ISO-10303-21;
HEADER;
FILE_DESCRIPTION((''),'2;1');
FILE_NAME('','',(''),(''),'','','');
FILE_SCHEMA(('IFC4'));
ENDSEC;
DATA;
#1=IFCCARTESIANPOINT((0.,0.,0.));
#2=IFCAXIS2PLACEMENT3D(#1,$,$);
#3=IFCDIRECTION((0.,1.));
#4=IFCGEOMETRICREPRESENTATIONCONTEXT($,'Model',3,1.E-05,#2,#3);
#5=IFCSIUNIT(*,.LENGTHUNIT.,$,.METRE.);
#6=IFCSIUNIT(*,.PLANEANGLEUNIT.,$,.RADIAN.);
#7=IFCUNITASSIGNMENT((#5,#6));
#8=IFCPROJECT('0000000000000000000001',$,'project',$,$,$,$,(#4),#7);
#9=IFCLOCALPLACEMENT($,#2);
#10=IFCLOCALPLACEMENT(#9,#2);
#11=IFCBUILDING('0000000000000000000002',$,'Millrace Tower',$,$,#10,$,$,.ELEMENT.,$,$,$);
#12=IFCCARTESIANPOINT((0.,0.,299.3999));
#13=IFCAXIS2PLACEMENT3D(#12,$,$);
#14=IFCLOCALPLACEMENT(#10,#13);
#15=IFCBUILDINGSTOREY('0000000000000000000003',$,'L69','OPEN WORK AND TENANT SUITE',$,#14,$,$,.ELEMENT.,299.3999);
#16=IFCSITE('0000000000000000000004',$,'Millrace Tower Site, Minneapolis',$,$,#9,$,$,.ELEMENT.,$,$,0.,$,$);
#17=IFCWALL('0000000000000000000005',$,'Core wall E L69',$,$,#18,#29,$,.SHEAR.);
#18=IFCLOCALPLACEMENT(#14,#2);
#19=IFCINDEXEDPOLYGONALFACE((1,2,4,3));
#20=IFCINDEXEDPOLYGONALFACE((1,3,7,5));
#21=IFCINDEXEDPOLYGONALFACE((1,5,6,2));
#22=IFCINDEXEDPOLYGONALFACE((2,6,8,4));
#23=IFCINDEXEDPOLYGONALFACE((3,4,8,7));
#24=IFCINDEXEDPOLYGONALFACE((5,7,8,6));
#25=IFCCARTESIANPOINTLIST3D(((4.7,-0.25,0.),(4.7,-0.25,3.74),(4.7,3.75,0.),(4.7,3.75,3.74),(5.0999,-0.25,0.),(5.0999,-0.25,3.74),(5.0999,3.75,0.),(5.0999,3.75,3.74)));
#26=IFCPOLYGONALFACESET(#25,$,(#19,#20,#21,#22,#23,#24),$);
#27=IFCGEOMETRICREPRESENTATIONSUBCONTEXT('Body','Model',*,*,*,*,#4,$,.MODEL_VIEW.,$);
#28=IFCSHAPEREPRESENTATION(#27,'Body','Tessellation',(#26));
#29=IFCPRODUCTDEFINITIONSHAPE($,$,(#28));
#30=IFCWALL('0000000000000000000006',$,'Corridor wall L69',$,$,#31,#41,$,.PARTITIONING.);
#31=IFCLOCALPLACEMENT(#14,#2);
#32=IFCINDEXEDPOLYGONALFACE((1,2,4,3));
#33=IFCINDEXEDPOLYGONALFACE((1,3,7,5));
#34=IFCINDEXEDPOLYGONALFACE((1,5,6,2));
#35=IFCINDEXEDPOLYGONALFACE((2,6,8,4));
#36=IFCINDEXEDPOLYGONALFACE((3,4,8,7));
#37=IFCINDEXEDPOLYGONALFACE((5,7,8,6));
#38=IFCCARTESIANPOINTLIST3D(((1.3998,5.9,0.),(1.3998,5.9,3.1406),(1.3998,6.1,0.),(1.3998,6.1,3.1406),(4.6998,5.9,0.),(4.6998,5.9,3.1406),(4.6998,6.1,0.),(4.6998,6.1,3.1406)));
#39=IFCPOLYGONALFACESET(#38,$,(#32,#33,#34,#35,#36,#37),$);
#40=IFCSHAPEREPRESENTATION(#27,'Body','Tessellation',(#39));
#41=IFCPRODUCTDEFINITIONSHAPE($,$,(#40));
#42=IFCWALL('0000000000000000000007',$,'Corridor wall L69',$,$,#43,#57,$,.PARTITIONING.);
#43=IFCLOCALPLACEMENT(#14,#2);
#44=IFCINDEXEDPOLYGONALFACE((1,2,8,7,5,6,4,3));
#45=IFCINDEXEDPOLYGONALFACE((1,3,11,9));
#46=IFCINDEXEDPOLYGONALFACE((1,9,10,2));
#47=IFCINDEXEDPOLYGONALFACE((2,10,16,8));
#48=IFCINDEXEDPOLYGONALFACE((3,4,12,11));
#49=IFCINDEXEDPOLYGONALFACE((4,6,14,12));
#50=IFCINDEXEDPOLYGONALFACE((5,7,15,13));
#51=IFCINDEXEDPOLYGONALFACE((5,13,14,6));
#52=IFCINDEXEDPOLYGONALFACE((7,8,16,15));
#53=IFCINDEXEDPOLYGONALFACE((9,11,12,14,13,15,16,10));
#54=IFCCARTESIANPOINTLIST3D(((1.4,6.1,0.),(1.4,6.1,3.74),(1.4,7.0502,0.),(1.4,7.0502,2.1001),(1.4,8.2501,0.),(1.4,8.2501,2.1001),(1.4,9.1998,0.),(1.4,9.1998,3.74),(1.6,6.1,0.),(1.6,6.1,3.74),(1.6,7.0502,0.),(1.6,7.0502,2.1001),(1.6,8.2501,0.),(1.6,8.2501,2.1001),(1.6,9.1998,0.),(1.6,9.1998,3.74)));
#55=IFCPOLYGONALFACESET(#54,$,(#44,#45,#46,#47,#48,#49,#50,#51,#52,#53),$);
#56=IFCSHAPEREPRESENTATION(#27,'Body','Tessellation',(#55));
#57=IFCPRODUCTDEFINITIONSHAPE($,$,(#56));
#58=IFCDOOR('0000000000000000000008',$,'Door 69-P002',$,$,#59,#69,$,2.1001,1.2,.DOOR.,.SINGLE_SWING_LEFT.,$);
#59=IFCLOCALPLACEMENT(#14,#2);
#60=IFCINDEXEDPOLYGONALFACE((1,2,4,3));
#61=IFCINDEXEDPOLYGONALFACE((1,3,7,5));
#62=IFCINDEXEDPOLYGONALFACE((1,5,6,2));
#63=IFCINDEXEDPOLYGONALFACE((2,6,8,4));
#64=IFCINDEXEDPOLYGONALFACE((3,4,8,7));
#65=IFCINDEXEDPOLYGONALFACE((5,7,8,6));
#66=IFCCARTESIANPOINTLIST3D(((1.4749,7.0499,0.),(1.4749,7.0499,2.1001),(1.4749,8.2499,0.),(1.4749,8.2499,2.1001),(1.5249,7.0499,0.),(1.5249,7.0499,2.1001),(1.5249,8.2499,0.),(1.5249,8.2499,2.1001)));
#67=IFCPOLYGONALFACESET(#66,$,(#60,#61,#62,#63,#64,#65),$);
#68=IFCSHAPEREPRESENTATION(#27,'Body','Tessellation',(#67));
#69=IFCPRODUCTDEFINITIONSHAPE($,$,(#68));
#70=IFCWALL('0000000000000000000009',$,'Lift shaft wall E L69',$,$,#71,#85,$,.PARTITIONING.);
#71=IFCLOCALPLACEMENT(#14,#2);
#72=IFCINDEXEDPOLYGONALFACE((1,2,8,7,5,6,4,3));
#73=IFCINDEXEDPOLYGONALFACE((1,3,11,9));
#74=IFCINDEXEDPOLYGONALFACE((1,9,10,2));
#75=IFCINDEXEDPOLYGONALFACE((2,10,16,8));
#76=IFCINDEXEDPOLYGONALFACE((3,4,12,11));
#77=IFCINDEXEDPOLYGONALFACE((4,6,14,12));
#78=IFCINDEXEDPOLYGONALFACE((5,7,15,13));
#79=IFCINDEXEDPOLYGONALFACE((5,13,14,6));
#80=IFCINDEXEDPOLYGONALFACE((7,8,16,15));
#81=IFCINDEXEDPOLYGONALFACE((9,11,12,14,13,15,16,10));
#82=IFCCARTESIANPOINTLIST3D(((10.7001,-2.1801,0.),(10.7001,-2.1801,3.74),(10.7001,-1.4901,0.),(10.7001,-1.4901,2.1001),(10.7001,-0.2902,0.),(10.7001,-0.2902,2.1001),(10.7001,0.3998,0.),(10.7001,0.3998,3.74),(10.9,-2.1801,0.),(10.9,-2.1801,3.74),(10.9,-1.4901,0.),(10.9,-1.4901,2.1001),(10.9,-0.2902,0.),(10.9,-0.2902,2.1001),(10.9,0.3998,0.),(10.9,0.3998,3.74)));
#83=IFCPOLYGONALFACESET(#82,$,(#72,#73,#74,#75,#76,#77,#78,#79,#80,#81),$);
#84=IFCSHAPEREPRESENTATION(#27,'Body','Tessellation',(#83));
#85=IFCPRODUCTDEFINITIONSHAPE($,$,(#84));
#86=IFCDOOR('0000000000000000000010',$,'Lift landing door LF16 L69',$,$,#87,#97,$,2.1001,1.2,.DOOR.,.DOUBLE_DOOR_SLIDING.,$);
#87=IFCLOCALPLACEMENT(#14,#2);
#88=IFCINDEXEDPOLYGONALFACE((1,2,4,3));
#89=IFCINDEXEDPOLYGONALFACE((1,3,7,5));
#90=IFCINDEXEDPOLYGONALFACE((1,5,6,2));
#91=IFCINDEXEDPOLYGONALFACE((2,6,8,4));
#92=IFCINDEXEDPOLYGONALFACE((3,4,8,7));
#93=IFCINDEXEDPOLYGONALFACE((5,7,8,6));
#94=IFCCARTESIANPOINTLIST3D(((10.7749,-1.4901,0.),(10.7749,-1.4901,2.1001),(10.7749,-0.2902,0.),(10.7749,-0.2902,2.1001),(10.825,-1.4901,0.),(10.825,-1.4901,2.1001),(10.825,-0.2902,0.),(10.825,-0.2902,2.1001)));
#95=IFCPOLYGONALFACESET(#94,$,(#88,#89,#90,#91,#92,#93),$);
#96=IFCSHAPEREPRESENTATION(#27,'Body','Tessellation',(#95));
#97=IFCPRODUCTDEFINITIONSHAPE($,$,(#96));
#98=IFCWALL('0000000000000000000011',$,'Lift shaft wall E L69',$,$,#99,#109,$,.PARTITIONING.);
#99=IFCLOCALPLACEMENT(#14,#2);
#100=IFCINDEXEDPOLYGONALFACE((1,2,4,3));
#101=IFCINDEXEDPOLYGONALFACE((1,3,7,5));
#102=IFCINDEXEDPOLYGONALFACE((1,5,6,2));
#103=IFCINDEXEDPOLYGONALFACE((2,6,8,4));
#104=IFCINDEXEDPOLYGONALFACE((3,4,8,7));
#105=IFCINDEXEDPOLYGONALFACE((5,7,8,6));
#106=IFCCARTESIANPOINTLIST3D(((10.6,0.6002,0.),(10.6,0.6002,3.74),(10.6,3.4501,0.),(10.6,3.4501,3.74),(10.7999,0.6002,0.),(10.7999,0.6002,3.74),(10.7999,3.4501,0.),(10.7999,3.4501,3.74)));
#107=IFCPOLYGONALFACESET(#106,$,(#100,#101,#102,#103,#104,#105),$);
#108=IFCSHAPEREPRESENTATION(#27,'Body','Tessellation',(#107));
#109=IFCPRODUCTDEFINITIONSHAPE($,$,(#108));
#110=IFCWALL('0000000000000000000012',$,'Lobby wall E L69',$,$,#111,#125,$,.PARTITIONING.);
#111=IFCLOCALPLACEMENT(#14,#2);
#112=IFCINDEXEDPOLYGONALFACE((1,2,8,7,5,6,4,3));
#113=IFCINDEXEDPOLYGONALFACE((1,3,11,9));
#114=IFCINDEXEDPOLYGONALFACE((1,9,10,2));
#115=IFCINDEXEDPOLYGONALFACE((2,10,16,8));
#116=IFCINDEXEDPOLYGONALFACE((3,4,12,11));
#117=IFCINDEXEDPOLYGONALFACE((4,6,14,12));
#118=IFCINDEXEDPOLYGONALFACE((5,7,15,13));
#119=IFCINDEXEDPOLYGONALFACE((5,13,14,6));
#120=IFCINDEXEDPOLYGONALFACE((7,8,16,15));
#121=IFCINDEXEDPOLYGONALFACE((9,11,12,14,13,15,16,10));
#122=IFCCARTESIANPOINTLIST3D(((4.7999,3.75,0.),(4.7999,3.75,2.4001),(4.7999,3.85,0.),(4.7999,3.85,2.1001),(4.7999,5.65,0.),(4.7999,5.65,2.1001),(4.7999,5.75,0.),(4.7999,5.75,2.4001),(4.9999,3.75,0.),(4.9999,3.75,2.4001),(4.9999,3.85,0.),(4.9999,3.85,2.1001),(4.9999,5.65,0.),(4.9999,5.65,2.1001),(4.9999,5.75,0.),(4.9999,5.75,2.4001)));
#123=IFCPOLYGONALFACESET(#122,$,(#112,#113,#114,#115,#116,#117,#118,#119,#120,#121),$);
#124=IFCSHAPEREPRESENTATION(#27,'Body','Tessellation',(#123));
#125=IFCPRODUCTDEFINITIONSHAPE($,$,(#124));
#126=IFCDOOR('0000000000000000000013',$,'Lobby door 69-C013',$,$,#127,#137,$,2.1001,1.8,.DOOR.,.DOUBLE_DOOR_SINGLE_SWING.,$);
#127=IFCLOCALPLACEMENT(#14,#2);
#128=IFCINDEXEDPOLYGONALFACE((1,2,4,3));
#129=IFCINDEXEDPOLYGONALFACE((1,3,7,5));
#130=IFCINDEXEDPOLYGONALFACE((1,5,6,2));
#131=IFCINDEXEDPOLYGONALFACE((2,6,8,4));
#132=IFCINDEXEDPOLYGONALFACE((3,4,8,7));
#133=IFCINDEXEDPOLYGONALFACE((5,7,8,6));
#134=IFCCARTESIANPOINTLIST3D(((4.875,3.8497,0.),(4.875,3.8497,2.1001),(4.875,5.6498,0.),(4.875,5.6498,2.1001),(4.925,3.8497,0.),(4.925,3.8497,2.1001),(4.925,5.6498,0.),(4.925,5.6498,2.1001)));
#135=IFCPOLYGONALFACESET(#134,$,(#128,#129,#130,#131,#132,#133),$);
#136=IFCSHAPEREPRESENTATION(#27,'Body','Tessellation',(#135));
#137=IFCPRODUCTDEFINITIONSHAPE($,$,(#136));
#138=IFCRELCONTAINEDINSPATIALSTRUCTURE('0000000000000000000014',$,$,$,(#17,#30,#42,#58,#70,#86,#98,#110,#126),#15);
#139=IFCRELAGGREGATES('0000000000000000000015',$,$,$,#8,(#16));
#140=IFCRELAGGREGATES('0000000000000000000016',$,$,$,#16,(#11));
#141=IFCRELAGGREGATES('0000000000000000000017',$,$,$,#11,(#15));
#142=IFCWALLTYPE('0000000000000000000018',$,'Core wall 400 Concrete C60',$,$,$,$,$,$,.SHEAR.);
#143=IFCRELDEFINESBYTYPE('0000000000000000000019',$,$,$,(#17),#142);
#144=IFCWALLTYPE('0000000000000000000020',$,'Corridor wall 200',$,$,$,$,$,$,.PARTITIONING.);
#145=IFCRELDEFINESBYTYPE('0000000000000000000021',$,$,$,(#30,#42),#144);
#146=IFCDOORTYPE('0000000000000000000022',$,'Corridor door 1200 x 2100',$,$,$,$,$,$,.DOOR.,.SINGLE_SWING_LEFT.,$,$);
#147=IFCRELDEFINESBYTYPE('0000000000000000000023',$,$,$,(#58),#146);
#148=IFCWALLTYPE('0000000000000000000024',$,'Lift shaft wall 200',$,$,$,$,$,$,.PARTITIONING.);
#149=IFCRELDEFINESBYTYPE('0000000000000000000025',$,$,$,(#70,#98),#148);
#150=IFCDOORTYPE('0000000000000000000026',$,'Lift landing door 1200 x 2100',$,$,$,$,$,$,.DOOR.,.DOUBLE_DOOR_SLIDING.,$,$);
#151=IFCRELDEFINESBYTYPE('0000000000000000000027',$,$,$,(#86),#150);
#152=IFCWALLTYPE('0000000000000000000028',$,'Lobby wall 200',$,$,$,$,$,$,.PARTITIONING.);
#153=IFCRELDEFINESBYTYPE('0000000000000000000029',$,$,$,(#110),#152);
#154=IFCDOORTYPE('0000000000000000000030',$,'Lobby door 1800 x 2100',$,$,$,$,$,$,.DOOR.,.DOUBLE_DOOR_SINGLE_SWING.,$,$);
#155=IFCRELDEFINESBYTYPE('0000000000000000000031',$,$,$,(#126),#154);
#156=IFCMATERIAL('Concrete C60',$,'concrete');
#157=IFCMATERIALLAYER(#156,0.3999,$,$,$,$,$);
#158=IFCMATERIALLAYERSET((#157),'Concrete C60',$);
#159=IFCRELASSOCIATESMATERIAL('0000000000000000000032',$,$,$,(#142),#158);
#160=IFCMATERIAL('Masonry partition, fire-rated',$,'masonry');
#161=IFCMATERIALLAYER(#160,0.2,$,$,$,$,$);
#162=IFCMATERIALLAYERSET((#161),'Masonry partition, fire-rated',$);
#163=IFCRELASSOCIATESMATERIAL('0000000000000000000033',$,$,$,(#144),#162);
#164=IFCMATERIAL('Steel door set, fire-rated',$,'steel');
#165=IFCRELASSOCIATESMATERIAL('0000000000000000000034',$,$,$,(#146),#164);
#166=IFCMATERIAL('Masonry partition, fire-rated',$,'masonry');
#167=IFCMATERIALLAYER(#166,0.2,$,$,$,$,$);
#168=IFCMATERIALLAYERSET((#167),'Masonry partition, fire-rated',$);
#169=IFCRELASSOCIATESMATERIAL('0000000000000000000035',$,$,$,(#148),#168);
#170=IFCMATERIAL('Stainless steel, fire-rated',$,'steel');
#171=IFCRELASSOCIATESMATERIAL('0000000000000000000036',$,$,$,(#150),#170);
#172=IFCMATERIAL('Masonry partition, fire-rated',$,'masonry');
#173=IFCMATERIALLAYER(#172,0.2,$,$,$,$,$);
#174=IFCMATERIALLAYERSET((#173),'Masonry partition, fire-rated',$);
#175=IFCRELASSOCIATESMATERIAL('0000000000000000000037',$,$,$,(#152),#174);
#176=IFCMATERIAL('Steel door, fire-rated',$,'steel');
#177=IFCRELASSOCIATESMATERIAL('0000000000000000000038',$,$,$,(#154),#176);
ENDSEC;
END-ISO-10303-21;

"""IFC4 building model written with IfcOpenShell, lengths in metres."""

from ifc_helpers import new_model, si_unit, direction, frame, frame_2d, origin, place, context, subcontext, project, spatial, rectangle, extrude, material, layer, layer_set, type_object, element, fill, save


model = new_model("IFC4")

# Units and contexts
model_context = context("Model", 3, precision=1e-05, world=origin(), true_north=direction((0.0, 1.0)))
body_context = subcontext(model_context, "Body", "Model", "MODEL_VIEW")
ifc_project = project(units=[si_unit("LENGTHUNIT", "METRE"), si_unit("PLANEANGLEUNIT", "RADIAN")], contexts=[model_context])

# Site, building, storey
site_placement = place(None, origin())
site = spatial("IfcSite", under=ifc_project, at=site_placement, Name="Millrace Tower Site, Minneapolis", CompositionType="ELEMENT", RefElevation=0.0)
building_placement = place(site_placement, origin())
building = spatial("IfcBuilding", under=site, at=building_placement, Name="Millrace Tower", CompositionType="ELEMENT")
storey_placement = place(building_placement, frame((0.0, 0.0, 299.3999)))
storey = spatial("IfcBuildingStorey", under=building, at=storey_placement, Name="L69", Description="OPEN WORK AND TENANT SUITE", CompositionType="ELEMENT", Elevation=299.3999)

# Walls
ifc_material_1 = material(Name="Concrete C60", Category="concrete")
ifc_layer_1 = layer(ifc_material_1, 0.3999)
ifc_layer_set_1 = layer_set([ifc_layer_1], Name="Concrete C60")
wall_type_1 = type_object("IfcWallType", Name="Core wall 400 Concrete C60", PredefinedType="SHEAR", material=ifc_layer_set_1)
wall_1_placement = place(storey_placement, frame((4.8999, 3.75, 0.0), z_axis=(0.0, 0.0, 1.0), x_axis=(0.0, -1.0, 0.0)))
element("IfcWall", 1, at=wall_1_placement, inside=storey, type_object=wall_type_1, Name="Core wall E L69", PredefinedType="SHEAR", context=body_context, shape_type="SweptSolid", body=[
    extrude(rectangle(XDim=4.0, YDim=0.3999, at=frame_2d((2.0, 0.0))), origin(), (0.0, 0.0, 1.0), 3.74),
])
ifc_material_2 = material(Name="Masonry partition, fire-rated", Category="masonry")
ifc_layer_2 = layer(ifc_material_2, 0.2)
ifc_layer_set_2 = layer_set([ifc_layer_2], Name="Masonry partition, fire-rated")
wall_type_2 = type_object("IfcWallType", Name="Corridor wall 200", PredefinedType="PARTITIONING", material=ifc_layer_set_2)
wall_2_placement = place(storey_placement, frame((1.3999, 6.0, 0.0), z_axis=(0.0, 0.0, 1.0), x_axis=(1.0, 0.0, 0.0)))
element("IfcWall", 2, at=wall_2_placement, inside=storey, type_object=wall_type_2, Name="Corridor wall L69", PredefinedType="PARTITIONING", context=body_context, shape_type="SweptSolid", body=[
    extrude(rectangle(XDim=3.3, YDim=0.2, at=frame_2d((1.6499, 0.0))), origin(), (0.0, 0.0, 1.0), 3.1406),
])

# Walls, openings, doors
wall_3_placement = place(storey_placement, frame((1.5, 6.1001, 0.0), z_axis=(0.0, 0.0, 1.0), x_axis=(0.0, 1.0, 0.0)))
wall_3 = element("IfcWall", 3, at=wall_3_placement, inside=storey, type_object=wall_type_2, Name="Corridor wall L69", PredefinedType="PARTITIONING", context=body_context, shape_type="SweptSolid", body=[
    extrude(rectangle(XDim=3.0999, YDim=0.2, at=frame_2d((1.5498, 0.0))), origin(), (0.0, 0.0, 1.0), 3.74),
])
opening_1_placement = place(wall_3_placement, frame((0.95, 0.0, 0.0)))
opening_1 = element("IfcOpeningElement", 4, at=opening_1_placement, cuts=wall_3, PredefinedType="OPENING", context=body_context, shape_type="SweptSolid", body=[
    extrude(rectangle(XDim=1.2, YDim=2.1001, at=frame_2d((0.6001, 1.05))), frame((0.0, 0.1099, 0.0), z_axis=(0.0, -1.0, 0.0), x_axis=(1.0, 0.0, 0.0)), (0.0, 0.0, 1.0), 0.22),
])
ifc_material_3 = material(Name="Steel door set, fire-rated", Category="steel")
door_type_1 = type_object("IfcDoorType", Name="Corridor door 1200 x 2100", OperationType="SINGLE_SWING_LEFT", PredefinedType="DOOR", material=ifc_material_3)
door_1_placement = place(opening_1_placement, frame((1.2, 0.0, 0.0), z_axis=(0.0, 0.0, 1.0), x_axis=(-1.0, 0.0, 0.0)))
door_1 = element("IfcDoor", 5, at=door_1_placement, inside=storey, type_object=door_type_1, Name="Door 69-P002", OperationType="SINGLE_SWING_LEFT", OverallHeight=2.1001, OverallWidth=1.2, PredefinedType="DOOR", context=body_context, shape_type="SweptSolid", body=[
    extrude(rectangle(XDim=1.2, YDim=2.1001, at=frame_2d((0.6001, 1.05))), frame((0.0, 0.0249, 0.0), z_axis=(0.0, -1.0, 0.0), x_axis=(1.0, 0.0, 0.0)), (0.0, 0.0, 1.0), 0.05),
])
fill(opening_1, door_1)
ifc_material_4 = material(Name="Masonry partition, fire-rated", Category="masonry")
ifc_layer_3 = layer(ifc_material_4, 0.2)
ifc_layer_set_3 = layer_set([ifc_layer_3], Name="Masonry partition, fire-rated")
wall_type_3 = type_object("IfcWallType", Name="Lift shaft wall 200", PredefinedType="PARTITIONING", material=ifc_layer_set_3)
wall_4_placement = place(storey_placement, frame((10.8, 0.3999, 0.0), z_axis=(0.0, 0.0, 1.0), x_axis=(0.0, -1.0, 0.0)))
wall_4 = element("IfcWall", 6, at=wall_4_placement, inside=storey, type_object=wall_type_3, Name="Lift shaft wall E L69", PredefinedType="PARTITIONING", context=body_context, shape_type="SweptSolid", body=[
    extrude(rectangle(XDim=2.5798, YDim=0.2, at=frame_2d((1.29, 0.0))), origin(), (0.0, 0.0, 1.0), 3.74),
])
opening_2_placement = place(wall_4_placement, frame((0.6899, 0.0, 0.0)))
opening_2 = element("IfcOpeningElement", 7, at=opening_2_placement, cuts=wall_4, PredefinedType="OPENING", context=body_context, shape_type="SweptSolid", body=[
    extrude(rectangle(XDim=1.2, YDim=2.1001, at=frame_2d((0.6001, 1.05))), frame((0.0, 0.1099, 0.0), z_axis=(0.0, -1.0, 0.0), x_axis=(1.0, 0.0, 0.0)), (0.0, 0.0, 1.0), 0.22),
])
ifc_material_5 = material(Name="Stainless steel, fire-rated", Category="steel")
door_type_2 = type_object("IfcDoorType", Name="Lift landing door 1200 x 2100", OperationType="DOUBLE_DOOR_SLIDING", PredefinedType="DOOR", material=ifc_material_5)
door_2_placement = place(opening_2_placement, origin())
door_2 = element("IfcDoor", 8, at=door_2_placement, inside=storey, type_object=door_type_2, Name="Lift landing door LF16 L69", OperationType="DOUBLE_DOOR_SLIDING", OverallHeight=2.1001, OverallWidth=1.2, PredefinedType="DOOR", context=body_context, shape_type="SweptSolid", body=[
    extrude(rectangle(XDim=1.2, YDim=2.1001, at=frame_2d((0.6001, 1.05))), frame((0.0, 0.0249, 0.0), z_axis=(0.0, -1.0, 0.0), x_axis=(1.0, 0.0, 0.0)), (0.0, 0.0, 1.0), 0.05),
])
fill(opening_2, door_2)

# Wall
wall_5_placement = place(storey_placement, frame((10.7, 3.45, 0.0), z_axis=(0.0, 0.0, 1.0), x_axis=(0.0, -1.0, 0.0)))
element("IfcWall", 9, at=wall_5_placement, inside=storey, type_object=wall_type_3, Name="Lift shaft wall E L69", PredefinedType="PARTITIONING", context=body_context, shape_type="SweptSolid", body=[
    extrude(rectangle(XDim=2.8499, YDim=0.2, at=frame_2d((1.4248, 0.0))), origin(), (0.0, 0.0, 1.0), 3.74),
])

# Wall, opening, door
ifc_material_6 = material(Name="Masonry partition, fire-rated", Category="masonry")
ifc_layer_4 = layer(ifc_material_6, 0.2)
ifc_layer_set_4 = layer_set([ifc_layer_4], Name="Masonry partition, fire-rated")
wall_type_4 = type_object("IfcWallType", Name="Lobby wall 200", PredefinedType="PARTITIONING", material=ifc_layer_set_4)
wall_6_placement = place(storey_placement, frame((4.8999, 5.75, 0.0), z_axis=(0.0, 0.0, 1.0), x_axis=(0.0, -1.0, 0.0)))
wall_6 = element("IfcWall", 10, at=wall_6_placement, inside=storey, type_object=wall_type_4, Name="Lobby wall E L69", PredefinedType="PARTITIONING", context=body_context, shape_type="SweptSolid", body=[
    extrude(rectangle(XDim=2.0, YDim=0.2, at=frame_2d((1.0, 0.0))), origin(), (0.0, 0.0, 1.0), 2.4001),
])
opening_3_placement = place(wall_6_placement, frame((0.1001, 0.0, 0.0)))
opening_3 = element("IfcOpeningElement", 11, at=opening_3_placement, cuts=wall_6, PredefinedType="OPENING", context=body_context, shape_type="SweptSolid", body=[
    extrude(rectangle(XDim=1.8, YDim=2.1001, at=frame_2d((0.8999, 1.05))), frame((0.0, 0.1099, 0.0), z_axis=(0.0, -1.0, 0.0), x_axis=(1.0, 0.0, 0.0)), (0.0, 0.0, 1.0), 0.22),
])
ifc_material_7 = material(Name="Steel door, fire-rated", Category="steel")
door_type_3 = type_object("IfcDoorType", Name="Lobby door 1800 x 2100", OperationType="DOUBLE_DOOR_SINGLE_SWING", PredefinedType="DOOR", material=ifc_material_7)
door_3_placement = place(opening_3_placement, frame((1.8, 0.0, 0.0), z_axis=(0.0, 0.0, 1.0), x_axis=(-1.0, 0.0, 0.0)))
door_3 = element("IfcDoor", 12, at=door_3_placement, inside=storey, type_object=door_type_3, Name="Lobby door 69-C013", OperationType="DOUBLE_DOOR_SINGLE_SWING", OverallHeight=2.1001, OverallWidth=1.8, PredefinedType="DOOR", context=body_context, shape_type="SweptSolid", body=[
    extrude(rectangle(XDim=1.8, YDim=2.1001, at=frame_2d((0.8999, 1.05))), frame((0.0, 0.0249, 0.0), z_axis=(0.0, -1.0, 0.0), x_axis=(1.0, 0.0, 0.0)), (0.0, 0.0, 1.0), 0.05),
])
fill(opening_3, door_3)

save(model, "model.ifc")
